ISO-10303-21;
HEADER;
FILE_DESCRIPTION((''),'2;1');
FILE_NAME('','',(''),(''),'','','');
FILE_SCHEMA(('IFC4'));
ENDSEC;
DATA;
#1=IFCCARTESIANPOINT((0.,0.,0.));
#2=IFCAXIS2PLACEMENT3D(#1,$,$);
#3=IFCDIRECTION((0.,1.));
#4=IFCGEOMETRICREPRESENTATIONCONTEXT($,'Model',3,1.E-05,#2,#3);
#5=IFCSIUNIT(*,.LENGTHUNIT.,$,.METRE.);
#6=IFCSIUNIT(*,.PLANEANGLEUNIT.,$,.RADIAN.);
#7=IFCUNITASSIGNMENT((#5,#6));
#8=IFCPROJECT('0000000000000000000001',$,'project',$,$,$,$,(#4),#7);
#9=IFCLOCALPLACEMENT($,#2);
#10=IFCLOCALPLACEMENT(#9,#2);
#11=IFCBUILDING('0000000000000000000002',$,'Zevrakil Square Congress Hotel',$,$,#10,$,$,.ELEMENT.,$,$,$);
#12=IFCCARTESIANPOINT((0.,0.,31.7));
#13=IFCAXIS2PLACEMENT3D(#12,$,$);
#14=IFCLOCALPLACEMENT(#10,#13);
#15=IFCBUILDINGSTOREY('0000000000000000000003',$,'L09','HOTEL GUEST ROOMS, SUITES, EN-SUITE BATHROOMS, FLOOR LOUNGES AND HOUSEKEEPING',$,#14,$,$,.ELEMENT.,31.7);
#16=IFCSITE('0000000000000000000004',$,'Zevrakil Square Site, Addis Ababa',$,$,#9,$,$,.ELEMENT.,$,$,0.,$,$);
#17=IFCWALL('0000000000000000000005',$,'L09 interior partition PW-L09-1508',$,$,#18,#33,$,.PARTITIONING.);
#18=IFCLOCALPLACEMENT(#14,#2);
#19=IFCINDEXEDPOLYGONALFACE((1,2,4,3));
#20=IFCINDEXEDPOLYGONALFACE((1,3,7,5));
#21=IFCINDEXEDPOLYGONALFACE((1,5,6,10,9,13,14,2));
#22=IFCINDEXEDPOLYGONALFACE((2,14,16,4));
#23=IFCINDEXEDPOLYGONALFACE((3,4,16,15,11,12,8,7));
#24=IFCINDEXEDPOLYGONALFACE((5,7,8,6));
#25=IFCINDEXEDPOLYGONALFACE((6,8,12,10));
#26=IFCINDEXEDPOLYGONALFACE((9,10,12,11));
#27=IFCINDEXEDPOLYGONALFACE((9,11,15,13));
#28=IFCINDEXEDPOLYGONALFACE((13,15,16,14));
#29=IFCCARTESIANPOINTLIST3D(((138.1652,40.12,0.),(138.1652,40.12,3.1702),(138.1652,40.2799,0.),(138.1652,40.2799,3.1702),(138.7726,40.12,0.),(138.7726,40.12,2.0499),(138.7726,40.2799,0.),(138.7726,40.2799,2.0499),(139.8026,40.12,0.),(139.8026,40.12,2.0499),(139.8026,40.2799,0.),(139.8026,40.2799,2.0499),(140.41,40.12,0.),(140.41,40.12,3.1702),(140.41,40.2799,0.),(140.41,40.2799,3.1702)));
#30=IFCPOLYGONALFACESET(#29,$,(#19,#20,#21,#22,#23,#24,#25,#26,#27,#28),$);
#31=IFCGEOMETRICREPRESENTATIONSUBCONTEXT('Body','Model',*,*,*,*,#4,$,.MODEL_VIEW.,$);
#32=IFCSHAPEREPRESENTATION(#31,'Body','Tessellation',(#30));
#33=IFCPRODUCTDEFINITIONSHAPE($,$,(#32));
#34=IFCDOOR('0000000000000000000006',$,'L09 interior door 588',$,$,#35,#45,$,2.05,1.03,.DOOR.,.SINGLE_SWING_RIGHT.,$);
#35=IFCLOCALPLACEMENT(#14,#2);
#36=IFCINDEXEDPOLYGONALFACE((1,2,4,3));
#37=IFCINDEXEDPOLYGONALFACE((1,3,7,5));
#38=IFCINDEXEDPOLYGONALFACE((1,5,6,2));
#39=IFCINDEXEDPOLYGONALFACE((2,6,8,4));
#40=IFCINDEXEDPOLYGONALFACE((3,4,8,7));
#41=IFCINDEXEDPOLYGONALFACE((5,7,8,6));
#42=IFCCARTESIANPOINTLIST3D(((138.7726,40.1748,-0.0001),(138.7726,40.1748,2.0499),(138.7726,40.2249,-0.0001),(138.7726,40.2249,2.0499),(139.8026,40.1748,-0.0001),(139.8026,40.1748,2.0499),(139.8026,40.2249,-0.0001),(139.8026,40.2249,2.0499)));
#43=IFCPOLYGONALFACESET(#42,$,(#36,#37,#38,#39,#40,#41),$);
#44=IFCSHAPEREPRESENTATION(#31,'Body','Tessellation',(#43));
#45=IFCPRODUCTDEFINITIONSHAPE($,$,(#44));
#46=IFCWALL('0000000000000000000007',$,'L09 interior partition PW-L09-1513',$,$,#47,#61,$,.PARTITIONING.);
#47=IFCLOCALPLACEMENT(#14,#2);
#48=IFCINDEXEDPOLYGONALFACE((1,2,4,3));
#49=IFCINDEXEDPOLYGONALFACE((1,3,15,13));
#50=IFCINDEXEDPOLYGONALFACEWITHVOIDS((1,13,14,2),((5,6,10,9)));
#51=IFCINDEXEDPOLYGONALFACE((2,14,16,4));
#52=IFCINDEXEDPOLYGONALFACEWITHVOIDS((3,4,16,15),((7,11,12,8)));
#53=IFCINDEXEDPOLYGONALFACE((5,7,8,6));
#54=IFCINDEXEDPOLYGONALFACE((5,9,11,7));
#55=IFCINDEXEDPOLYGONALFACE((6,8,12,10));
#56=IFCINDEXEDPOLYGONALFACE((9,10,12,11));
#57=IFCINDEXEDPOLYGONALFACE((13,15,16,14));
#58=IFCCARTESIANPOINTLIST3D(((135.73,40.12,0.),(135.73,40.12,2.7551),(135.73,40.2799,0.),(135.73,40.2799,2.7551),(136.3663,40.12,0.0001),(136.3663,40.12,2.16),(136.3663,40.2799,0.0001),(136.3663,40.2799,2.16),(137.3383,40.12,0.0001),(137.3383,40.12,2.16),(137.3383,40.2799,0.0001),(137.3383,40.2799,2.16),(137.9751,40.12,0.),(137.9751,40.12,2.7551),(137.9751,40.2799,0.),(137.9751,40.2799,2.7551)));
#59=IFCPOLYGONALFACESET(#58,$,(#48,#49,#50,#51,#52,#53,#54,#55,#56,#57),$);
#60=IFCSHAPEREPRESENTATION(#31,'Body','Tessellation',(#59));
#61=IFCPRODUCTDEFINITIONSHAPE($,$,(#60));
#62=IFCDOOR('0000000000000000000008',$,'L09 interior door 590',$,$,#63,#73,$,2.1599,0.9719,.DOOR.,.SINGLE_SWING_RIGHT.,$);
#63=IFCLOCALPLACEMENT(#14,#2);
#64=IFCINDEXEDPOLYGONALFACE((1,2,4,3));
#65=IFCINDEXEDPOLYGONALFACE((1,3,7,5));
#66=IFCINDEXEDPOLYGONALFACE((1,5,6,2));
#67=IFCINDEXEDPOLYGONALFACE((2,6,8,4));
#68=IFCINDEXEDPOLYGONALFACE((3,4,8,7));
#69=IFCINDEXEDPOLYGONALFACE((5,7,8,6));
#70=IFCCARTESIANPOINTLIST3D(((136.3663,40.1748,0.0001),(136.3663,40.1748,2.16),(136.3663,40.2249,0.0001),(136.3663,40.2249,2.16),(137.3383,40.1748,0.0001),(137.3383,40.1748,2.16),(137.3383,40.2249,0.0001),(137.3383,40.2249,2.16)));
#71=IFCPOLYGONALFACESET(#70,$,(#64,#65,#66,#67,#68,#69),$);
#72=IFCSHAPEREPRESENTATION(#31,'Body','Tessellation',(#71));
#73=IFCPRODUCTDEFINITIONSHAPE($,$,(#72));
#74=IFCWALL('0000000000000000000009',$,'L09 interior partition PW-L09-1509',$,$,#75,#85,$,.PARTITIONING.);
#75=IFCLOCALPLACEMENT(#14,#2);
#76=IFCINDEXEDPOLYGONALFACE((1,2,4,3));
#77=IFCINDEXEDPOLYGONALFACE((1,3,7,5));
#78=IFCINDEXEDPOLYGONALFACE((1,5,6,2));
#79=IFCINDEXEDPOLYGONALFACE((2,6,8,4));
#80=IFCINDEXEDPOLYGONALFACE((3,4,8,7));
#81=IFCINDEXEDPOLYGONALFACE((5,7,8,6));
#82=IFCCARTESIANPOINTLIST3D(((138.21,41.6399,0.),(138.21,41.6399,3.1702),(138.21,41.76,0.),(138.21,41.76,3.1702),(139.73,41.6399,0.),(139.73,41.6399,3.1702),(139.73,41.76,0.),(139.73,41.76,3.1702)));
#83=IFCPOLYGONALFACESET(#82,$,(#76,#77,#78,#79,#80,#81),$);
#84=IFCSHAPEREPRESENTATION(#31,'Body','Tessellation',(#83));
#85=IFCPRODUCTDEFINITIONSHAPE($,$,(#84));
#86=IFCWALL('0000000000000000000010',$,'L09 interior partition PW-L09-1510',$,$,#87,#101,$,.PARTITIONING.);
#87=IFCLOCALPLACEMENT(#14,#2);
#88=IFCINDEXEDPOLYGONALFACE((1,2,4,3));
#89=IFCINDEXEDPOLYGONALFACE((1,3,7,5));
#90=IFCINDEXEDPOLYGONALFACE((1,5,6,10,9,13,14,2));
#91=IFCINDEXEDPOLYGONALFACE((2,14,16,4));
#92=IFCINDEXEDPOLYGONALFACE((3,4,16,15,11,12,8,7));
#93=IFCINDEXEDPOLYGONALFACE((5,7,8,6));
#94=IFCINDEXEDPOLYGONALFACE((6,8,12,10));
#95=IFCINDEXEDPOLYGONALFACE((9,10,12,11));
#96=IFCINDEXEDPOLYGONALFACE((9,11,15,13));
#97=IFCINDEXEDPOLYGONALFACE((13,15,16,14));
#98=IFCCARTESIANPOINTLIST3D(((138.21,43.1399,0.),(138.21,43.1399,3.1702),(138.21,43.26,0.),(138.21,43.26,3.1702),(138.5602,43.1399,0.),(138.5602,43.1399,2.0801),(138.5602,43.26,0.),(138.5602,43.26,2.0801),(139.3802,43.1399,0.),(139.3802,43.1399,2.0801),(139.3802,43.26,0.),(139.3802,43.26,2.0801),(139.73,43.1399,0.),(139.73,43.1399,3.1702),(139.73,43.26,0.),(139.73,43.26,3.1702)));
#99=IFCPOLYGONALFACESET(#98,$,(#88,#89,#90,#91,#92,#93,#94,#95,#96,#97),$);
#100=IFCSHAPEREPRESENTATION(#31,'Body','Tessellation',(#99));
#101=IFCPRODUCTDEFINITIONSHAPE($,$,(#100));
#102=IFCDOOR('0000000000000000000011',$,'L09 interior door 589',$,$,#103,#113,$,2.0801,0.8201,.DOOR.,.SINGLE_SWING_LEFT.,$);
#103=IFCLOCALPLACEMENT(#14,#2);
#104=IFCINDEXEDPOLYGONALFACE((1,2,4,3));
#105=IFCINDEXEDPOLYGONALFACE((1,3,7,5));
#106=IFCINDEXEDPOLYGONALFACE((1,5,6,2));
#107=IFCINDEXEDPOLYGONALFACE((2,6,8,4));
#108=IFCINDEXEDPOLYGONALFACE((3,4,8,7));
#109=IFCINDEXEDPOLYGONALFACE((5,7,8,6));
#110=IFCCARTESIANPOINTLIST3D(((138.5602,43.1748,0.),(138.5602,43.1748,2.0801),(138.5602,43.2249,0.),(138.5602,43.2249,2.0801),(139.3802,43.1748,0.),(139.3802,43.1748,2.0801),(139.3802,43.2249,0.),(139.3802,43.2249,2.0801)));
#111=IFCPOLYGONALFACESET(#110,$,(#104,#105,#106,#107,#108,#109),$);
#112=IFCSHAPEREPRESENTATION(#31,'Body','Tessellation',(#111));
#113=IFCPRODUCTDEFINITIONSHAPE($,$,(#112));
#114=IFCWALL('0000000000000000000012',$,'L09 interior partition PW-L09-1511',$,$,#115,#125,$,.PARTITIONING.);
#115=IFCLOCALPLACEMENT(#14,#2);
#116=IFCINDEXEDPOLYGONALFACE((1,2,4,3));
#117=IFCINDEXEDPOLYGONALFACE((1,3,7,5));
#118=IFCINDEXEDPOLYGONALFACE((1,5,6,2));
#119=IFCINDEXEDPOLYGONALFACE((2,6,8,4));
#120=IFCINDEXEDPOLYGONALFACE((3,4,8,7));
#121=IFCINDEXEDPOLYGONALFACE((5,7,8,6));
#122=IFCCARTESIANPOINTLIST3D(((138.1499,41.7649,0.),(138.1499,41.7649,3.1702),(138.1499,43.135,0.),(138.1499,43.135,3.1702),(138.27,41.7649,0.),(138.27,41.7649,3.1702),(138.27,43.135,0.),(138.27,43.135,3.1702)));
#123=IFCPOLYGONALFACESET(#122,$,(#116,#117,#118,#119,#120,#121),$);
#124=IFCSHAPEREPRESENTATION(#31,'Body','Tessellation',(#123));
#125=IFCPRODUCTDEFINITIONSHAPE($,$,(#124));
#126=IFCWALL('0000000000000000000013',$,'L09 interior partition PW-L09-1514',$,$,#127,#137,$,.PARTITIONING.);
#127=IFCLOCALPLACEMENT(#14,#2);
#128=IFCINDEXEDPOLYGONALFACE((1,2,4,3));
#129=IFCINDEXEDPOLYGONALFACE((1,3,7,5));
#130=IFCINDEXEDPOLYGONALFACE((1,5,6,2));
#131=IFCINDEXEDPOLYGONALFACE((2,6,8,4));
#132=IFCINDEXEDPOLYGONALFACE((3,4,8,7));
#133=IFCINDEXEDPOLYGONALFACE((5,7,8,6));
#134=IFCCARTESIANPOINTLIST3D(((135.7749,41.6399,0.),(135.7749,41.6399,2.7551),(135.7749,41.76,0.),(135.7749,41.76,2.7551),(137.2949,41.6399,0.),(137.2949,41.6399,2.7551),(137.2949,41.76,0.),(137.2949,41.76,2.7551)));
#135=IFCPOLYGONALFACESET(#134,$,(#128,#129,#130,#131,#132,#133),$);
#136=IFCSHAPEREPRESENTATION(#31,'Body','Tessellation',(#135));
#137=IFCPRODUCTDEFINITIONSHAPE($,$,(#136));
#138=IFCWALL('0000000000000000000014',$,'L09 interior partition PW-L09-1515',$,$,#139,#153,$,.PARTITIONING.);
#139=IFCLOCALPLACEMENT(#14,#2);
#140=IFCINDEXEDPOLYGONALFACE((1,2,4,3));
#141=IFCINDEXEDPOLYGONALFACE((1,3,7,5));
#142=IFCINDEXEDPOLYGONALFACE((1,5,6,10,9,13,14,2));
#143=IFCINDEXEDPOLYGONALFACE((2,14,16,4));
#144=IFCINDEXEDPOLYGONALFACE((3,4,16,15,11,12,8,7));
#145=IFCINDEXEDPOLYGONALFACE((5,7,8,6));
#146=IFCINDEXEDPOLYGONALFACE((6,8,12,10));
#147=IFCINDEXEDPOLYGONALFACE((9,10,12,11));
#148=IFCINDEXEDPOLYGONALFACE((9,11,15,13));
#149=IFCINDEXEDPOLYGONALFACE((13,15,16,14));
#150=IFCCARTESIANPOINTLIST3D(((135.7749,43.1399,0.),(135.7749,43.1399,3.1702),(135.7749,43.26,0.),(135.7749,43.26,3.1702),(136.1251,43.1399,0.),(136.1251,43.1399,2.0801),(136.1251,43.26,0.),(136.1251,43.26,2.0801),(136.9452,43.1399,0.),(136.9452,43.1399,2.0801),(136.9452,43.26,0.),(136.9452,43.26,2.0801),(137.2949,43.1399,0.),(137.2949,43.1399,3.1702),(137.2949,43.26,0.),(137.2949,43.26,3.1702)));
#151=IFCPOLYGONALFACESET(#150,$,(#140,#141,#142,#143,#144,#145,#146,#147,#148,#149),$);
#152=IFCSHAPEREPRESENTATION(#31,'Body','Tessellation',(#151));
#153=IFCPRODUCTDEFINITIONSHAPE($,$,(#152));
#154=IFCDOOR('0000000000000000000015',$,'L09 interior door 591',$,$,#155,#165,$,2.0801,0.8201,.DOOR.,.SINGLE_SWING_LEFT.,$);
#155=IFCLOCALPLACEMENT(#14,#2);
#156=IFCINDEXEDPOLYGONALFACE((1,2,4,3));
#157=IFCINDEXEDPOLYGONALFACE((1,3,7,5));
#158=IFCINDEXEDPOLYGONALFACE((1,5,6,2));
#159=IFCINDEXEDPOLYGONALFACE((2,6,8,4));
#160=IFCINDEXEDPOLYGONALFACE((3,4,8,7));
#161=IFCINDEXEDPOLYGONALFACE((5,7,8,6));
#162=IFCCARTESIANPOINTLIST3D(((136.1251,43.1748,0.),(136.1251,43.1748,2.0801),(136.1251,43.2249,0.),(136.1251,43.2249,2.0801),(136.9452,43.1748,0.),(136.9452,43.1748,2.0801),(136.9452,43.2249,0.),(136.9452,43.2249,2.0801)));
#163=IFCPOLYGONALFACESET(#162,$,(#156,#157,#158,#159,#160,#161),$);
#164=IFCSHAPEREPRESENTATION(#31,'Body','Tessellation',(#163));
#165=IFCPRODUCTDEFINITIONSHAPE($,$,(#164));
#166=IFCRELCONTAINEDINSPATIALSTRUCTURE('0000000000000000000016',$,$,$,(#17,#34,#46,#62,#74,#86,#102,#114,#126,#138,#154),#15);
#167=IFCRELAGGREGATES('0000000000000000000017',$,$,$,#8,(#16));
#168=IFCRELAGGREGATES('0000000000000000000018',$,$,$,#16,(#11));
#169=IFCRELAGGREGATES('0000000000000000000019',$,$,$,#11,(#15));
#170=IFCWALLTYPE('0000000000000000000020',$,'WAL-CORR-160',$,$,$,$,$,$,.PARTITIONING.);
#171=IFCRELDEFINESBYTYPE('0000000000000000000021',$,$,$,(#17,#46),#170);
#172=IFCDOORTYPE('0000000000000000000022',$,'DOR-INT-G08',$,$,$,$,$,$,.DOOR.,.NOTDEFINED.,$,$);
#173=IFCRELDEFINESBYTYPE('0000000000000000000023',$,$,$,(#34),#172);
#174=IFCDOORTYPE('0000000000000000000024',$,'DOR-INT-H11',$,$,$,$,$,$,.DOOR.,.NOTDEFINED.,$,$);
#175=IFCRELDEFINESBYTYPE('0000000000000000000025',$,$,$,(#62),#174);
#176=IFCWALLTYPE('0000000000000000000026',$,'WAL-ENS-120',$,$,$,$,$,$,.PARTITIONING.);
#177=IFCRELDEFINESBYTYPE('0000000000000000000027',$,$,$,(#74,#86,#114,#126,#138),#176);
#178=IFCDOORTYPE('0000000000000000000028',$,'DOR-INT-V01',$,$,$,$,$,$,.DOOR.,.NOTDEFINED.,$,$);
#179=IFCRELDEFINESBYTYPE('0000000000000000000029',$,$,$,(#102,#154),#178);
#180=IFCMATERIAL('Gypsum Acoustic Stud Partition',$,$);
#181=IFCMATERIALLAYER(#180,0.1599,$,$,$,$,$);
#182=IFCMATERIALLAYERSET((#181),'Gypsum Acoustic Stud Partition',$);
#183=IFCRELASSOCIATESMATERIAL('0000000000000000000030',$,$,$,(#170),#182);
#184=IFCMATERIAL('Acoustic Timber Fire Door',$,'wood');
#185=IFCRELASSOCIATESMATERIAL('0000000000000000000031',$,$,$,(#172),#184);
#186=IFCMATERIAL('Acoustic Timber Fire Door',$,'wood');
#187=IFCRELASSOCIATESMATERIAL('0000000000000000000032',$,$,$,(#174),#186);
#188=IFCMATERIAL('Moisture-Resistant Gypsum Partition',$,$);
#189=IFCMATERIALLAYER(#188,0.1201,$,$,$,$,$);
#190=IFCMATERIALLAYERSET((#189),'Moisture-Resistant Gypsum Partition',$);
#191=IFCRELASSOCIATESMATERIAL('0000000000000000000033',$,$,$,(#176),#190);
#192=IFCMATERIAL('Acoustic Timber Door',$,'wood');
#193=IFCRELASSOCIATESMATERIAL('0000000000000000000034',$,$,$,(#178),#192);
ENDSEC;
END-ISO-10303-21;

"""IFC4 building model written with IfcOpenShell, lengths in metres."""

from ifc_helpers import new_model, si_unit, direction, frame, frame_2d, origin, place, context, subcontext, project, spatial, rectangle, extrude, material, layer, layer_set, type_object, element, fill, save


model = new_model("IFC4")

# Units and contexts
model_context = context("Model", 3, precision=1e-05, world=origin(), true_north=direction((0.0, 1.0)))
body_context = subcontext(model_context, "Body", "Model", "MODEL_VIEW")
ifc_project = project(units=[si_unit("LENGTHUNIT", "METRE"), si_unit("PLANEANGLEUNIT", "RADIAN")], contexts=[model_context])

# Site, building, storey
site_placement = place(None, origin())
site = spatial("IfcSite", under=ifc_project, at=site_placement, Name="Zevrakil Square Site, Addis Ababa", CompositionType="ELEMENT", RefElevation=0.0)
building_placement = place(site_placement, origin())
building = spatial("IfcBuilding", under=site, at=building_placement, Name="Zevrakil Square Congress Hotel", CompositionType="ELEMENT")
storey_placement = place(building_placement, frame((0.0, 0.0, 31.7)))
storey = spatial("IfcBuildingStorey", under=building, at=storey_placement, Name="L09", Description="HOTEL GUEST ROOMS, SUITES, EN-SUITE BATHROOMS, FLOOR LOUNGES AND HOUSEKEEPING", CompositionType="ELEMENT", Elevation=31.7)

# Walls, openings, doors
ifc_material_1 = material(Name="Gypsum Acoustic Stud Partition")
ifc_layer_1 = layer(ifc_material_1, 0.1599)
ifc_layer_set_1 = layer_set([ifc_layer_1], Name="Gypsum Acoustic Stud Partition")
wall_type_1 = type_object("IfcWallType", Name="WAL-CORR-160", PredefinedType="PARTITIONING", material=ifc_layer_set_1)
wall_1_placement = place(storey_placement, frame((138.165, 40.2, 0.0), z_axis=(0.0, 0.0, 1.0), x_axis=(1.0, 0.0, 0.0)))
wall_1 = element("IfcWall", 1, at=wall_1_placement, inside=storey, type_object=wall_type_1, Name="L09 interior partition PW-L09-1508", PredefinedType="PARTITIONING", context=body_context, shape_type="SweptSolid", body=[
    extrude(rectangle(XDim=2.2449, YDim=0.1599, at=frame_2d((1.1226, 0.0))), origin(), (0.0, 0.0, 1.0), 3.1702),
])
opening_1_placement = place(wall_1_placement, frame((0.6074, 0.0, 0.0)))
opening_1 = element("IfcOpeningElement", 2, at=opening_1_placement, cuts=wall_1, PredefinedType="OPENING", context=body_context, shape_type="SweptSolid", body=[
    extrude(rectangle(XDim=1.03, YDim=2.05, at=frame_2d((0.5151, 1.0249))), frame((0.0, 0.0898, 0.0), z_axis=(0.0, -1.0, 0.0), x_axis=(1.0, 0.0, 0.0)), (0.0, 0.0, 1.0), 0.1799),
])
ifc_material_2 = material(Name="Acoustic Timber Fire Door", Category="wood")
door_type_1 = type_object("IfcDoorType", Name="DOR-INT-G08", OperationType="NOTDEFINED", PredefinedType="DOOR", material=ifc_material_2)
door_1_placement = place(opening_1_placement, origin())
door_1 = element("IfcDoor", 3, at=door_1_placement, inside=storey, type_object=door_type_1, Name="L09 interior door 588", OperationType="SINGLE_SWING_RIGHT", OverallHeight=2.05, OverallWidth=1.03, PredefinedType="DOOR", context=body_context, shape_type="SweptSolid", body=[
    extrude(rectangle(XDim=1.03, YDim=2.05, at=frame_2d((0.5151, 1.0249))), frame((0.0, 0.0249, 0.0), z_axis=(0.0, -1.0, 0.0), x_axis=(1.0, 0.0, 0.0)), (0.0, 0.0, 1.0), 0.05),
])
fill(opening_1, door_1)
wall_2_placement = place(storey_placement, frame((135.73, 40.2, 0.0), z_axis=(0.0, 0.0, 1.0), x_axis=(1.0, 0.0, 0.0)))
wall_2 = element("IfcWall", 4, at=wall_2_placement, inside=storey, type_object=wall_type_1, Name="L09 interior partition PW-L09-1513", PredefinedType="PARTITIONING", context=body_context, shape_type="SweptSolid", body=[
    extrude(rectangle(XDim=2.2451, YDim=0.1599, at=frame_2d((1.1226, 0.0))), origin(), (0.0, 0.0, 1.0), 2.7551),
])
opening_2_placement = place(wall_2_placement, frame((0.6365, 0.0, 0.0)))
opening_2 = element("IfcOpeningElement", 5, at=opening_2_placement, cuts=wall_2, PredefinedType="OPENING", context=body_context, shape_type="SweptSolid", body=[
    extrude(rectangle(XDim=0.9719, YDim=2.1599, at=frame_2d((0.4858, 1.0801))), frame((0.0, 0.0898, 0.0), z_axis=(0.0, -1.0, 0.0), x_axis=(1.0, 0.0, 0.0)), (0.0, 0.0, 1.0), 0.1799),
])
ifc_material_3 = material(Name="Acoustic Timber Fire Door", Category="wood")
door_type_2 = type_object("IfcDoorType", Name="DOR-INT-H11", OperationType="NOTDEFINED", PredefinedType="DOOR", material=ifc_material_3)
door_2_placement = place(opening_2_placement, origin())
door_2 = element("IfcDoor", 6, at=door_2_placement, inside=storey, type_object=door_type_2, Name="L09 interior door 590", OperationType="SINGLE_SWING_RIGHT", OverallHeight=2.1599, OverallWidth=0.9719, PredefinedType="DOOR", context=body_context, shape_type="SweptSolid", body=[
    extrude(rectangle(XDim=0.9719, YDim=2.1599, at=frame_2d((0.4858, 1.0801))), frame((0.0, 0.0249, 0.0), z_axis=(0.0, -1.0, 0.0), x_axis=(1.0, 0.0, 0.0)), (0.0, 0.0, 1.0), 0.05),
])
fill(opening_2, door_2)

# Wall
ifc_material_4 = material(Name="Moisture-Resistant Gypsum Partition")
ifc_layer_2 = layer(ifc_material_4, 0.1201)
ifc_layer_set_2 = layer_set([ifc_layer_2], Name="Moisture-Resistant Gypsum Partition")
wall_type_2 = type_object("IfcWallType", Name="WAL-ENS-120", PredefinedType="PARTITIONING", material=ifc_layer_set_2)
wall_3_placement = place(storey_placement, frame((138.21, 41.7, 0.0), z_axis=(0.0, 0.0, 1.0), x_axis=(1.0, 0.0, 0.0)))
element("IfcWall", 7, at=wall_3_placement, inside=storey, type_object=wall_type_2, Name="L09 interior partition PW-L09-1509", PredefinedType="PARTITIONING", context=body_context, shape_type="SweptSolid", body=[
    extrude(rectangle(XDim=1.52, YDim=0.1201, at=frame_2d((0.76, 0.0))), origin(), (0.0, 0.0, 1.0), 3.1702),
])

# Wall, opening, door
wall_4_placement = place(storey_placement, frame((138.21, 43.2, 0.0), z_axis=(0.0, 0.0, 1.0), x_axis=(1.0, 0.0, 0.0)))
wall_4 = element("IfcWall", 8, at=wall_4_placement, inside=storey, type_object=wall_type_2, Name="L09 interior partition PW-L09-1510", PredefinedType="PARTITIONING", context=body_context, shape_type="SweptSolid", body=[
    extrude(rectangle(XDim=1.52, YDim=0.1201, at=frame_2d((0.76, 0.0))), origin(), (0.0, 0.0, 1.0), 3.1702),
])
opening_3_placement = place(wall_4_placement, frame((0.3501, 0.0, 0.0)))
opening_3 = element("IfcOpeningElement", 9, at=opening_3_placement, cuts=wall_4, PredefinedType="OPENING", context=body_context, shape_type="SweptSolid", body=[
    extrude(rectangle(XDim=0.8201, YDim=2.0801, at=frame_2d((0.4102, 1.04))), frame((0.0, 0.0701, 0.0), z_axis=(0.0, -1.0, 0.0), x_axis=(1.0, 0.0, 0.0)), (0.0, 0.0, 1.0), 0.1401),
])
ifc_material_5 = material(Name="Acoustic Timber Door", Category="wood")
door_type_3 = type_object("IfcDoorType", Name="DOR-INT-V01", OperationType="NOTDEFINED", PredefinedType="DOOR", material=ifc_material_5)
door_3_placement = place(opening_3_placement, origin())
door_3 = element("IfcDoor", 10, at=door_3_placement, inside=storey, type_object=door_type_3, Name="L09 interior door 589", OperationType="SINGLE_SWING_LEFT", OverallHeight=2.0801, OverallWidth=0.8201, PredefinedType="DOOR", context=body_context, shape_type="SweptSolid", body=[
    extrude(rectangle(XDim=0.8201, YDim=2.0801, at=frame_2d((0.4102, 1.04))), frame((0.0, 0.0249, 0.0), z_axis=(0.0, -1.0, 0.0), x_axis=(1.0, 0.0, 0.0)), (0.0, 0.0, 1.0), 0.05),
])
fill(opening_3, door_3)

# Walls
wall_5_placement = place(storey_placement, frame((138.21, 41.7649, 0.0), z_axis=(0.0, 0.0, 1.0), x_axis=(0.0, 1.0, 0.0)))
element("IfcWall", 11, at=wall_5_placement, inside=storey, type_object=wall_type_2, Name="L09 interior partition PW-L09-1511", PredefinedType="PARTITIONING", context=body_context, shape_type="SweptSolid", body=[
    extrude(rectangle(XDim=1.3701, YDim=0.1201, at=frame_2d((0.6851, 0.0))), origin(), (0.0, 0.0, 1.0), 3.1702),
])
wall_6_placement = place(storey_placement, frame((135.7749, 41.7, 0.0), z_axis=(0.0, 0.0, 1.0), x_axis=(1.0, 0.0, 0.0)))
element("IfcWall", 12, at=wall_6_placement, inside=storey, type_object=wall_type_2, Name="L09 interior partition PW-L09-1514", PredefinedType="PARTITIONING", context=body_context, shape_type="SweptSolid", body=[
    extrude(rectangle(XDim=1.52, YDim=0.1201, at=frame_2d((0.76, 0.0))), origin(), (0.0, 0.0, 1.0), 2.7551),
])

# Wall, opening, door
wall_7_placement = place(storey_placement, frame((135.7749, 43.2, 0.0), z_axis=(0.0, 0.0, 1.0), x_axis=(1.0, 0.0, 0.0)))
wall_7 = element("IfcWall", 13, at=wall_7_placement, inside=storey, type_object=wall_type_2, Name="L09 interior partition PW-L09-1515", PredefinedType="PARTITIONING", context=body_context, shape_type="SweptSolid", body=[
    extrude(rectangle(XDim=1.52, YDim=0.1201, at=frame_2d((0.76, 0.0))), origin(), (0.0, 0.0, 1.0), 3.1702),
])
opening_4_placement = place(wall_7_placement, frame((0.3501, 0.0, 0.0)))
opening_4 = element("IfcOpeningElement", 14, at=opening_4_placement, cuts=wall_7, PredefinedType="OPENING", context=body_context, shape_type="SweptSolid", body=[
    extrude(rectangle(XDim=0.8201, YDim=2.0801, at=frame_2d((0.4102, 1.04))), frame((0.0, 0.0701, 0.0), z_axis=(0.0, -1.0, 0.0), x_axis=(1.0, 0.0, 0.0)), (0.0, 0.0, 1.0), 0.1401),
])
door_4_placement = place(opening_4_placement, origin())
door_4 = element("IfcDoor", 15, at=door_4_placement, inside=storey, type_object=door_type_3, Name="L09 interior door 591", OperationType="SINGLE_SWING_LEFT", OverallHeight=2.0801, OverallWidth=0.8201, PredefinedType="DOOR", context=body_context, shape_type="SweptSolid", body=[
    extrude(rectangle(XDim=0.8201, YDim=2.0801, at=frame_2d((0.4102, 1.04))), frame((0.0, 0.0249, 0.0), z_axis=(0.0, -1.0, 0.0), x_axis=(1.0, 0.0, 0.0)), (0.0, 0.0, 1.0), 0.05),
])
fill(opening_4, door_4)

save(model, "model.ifc")
